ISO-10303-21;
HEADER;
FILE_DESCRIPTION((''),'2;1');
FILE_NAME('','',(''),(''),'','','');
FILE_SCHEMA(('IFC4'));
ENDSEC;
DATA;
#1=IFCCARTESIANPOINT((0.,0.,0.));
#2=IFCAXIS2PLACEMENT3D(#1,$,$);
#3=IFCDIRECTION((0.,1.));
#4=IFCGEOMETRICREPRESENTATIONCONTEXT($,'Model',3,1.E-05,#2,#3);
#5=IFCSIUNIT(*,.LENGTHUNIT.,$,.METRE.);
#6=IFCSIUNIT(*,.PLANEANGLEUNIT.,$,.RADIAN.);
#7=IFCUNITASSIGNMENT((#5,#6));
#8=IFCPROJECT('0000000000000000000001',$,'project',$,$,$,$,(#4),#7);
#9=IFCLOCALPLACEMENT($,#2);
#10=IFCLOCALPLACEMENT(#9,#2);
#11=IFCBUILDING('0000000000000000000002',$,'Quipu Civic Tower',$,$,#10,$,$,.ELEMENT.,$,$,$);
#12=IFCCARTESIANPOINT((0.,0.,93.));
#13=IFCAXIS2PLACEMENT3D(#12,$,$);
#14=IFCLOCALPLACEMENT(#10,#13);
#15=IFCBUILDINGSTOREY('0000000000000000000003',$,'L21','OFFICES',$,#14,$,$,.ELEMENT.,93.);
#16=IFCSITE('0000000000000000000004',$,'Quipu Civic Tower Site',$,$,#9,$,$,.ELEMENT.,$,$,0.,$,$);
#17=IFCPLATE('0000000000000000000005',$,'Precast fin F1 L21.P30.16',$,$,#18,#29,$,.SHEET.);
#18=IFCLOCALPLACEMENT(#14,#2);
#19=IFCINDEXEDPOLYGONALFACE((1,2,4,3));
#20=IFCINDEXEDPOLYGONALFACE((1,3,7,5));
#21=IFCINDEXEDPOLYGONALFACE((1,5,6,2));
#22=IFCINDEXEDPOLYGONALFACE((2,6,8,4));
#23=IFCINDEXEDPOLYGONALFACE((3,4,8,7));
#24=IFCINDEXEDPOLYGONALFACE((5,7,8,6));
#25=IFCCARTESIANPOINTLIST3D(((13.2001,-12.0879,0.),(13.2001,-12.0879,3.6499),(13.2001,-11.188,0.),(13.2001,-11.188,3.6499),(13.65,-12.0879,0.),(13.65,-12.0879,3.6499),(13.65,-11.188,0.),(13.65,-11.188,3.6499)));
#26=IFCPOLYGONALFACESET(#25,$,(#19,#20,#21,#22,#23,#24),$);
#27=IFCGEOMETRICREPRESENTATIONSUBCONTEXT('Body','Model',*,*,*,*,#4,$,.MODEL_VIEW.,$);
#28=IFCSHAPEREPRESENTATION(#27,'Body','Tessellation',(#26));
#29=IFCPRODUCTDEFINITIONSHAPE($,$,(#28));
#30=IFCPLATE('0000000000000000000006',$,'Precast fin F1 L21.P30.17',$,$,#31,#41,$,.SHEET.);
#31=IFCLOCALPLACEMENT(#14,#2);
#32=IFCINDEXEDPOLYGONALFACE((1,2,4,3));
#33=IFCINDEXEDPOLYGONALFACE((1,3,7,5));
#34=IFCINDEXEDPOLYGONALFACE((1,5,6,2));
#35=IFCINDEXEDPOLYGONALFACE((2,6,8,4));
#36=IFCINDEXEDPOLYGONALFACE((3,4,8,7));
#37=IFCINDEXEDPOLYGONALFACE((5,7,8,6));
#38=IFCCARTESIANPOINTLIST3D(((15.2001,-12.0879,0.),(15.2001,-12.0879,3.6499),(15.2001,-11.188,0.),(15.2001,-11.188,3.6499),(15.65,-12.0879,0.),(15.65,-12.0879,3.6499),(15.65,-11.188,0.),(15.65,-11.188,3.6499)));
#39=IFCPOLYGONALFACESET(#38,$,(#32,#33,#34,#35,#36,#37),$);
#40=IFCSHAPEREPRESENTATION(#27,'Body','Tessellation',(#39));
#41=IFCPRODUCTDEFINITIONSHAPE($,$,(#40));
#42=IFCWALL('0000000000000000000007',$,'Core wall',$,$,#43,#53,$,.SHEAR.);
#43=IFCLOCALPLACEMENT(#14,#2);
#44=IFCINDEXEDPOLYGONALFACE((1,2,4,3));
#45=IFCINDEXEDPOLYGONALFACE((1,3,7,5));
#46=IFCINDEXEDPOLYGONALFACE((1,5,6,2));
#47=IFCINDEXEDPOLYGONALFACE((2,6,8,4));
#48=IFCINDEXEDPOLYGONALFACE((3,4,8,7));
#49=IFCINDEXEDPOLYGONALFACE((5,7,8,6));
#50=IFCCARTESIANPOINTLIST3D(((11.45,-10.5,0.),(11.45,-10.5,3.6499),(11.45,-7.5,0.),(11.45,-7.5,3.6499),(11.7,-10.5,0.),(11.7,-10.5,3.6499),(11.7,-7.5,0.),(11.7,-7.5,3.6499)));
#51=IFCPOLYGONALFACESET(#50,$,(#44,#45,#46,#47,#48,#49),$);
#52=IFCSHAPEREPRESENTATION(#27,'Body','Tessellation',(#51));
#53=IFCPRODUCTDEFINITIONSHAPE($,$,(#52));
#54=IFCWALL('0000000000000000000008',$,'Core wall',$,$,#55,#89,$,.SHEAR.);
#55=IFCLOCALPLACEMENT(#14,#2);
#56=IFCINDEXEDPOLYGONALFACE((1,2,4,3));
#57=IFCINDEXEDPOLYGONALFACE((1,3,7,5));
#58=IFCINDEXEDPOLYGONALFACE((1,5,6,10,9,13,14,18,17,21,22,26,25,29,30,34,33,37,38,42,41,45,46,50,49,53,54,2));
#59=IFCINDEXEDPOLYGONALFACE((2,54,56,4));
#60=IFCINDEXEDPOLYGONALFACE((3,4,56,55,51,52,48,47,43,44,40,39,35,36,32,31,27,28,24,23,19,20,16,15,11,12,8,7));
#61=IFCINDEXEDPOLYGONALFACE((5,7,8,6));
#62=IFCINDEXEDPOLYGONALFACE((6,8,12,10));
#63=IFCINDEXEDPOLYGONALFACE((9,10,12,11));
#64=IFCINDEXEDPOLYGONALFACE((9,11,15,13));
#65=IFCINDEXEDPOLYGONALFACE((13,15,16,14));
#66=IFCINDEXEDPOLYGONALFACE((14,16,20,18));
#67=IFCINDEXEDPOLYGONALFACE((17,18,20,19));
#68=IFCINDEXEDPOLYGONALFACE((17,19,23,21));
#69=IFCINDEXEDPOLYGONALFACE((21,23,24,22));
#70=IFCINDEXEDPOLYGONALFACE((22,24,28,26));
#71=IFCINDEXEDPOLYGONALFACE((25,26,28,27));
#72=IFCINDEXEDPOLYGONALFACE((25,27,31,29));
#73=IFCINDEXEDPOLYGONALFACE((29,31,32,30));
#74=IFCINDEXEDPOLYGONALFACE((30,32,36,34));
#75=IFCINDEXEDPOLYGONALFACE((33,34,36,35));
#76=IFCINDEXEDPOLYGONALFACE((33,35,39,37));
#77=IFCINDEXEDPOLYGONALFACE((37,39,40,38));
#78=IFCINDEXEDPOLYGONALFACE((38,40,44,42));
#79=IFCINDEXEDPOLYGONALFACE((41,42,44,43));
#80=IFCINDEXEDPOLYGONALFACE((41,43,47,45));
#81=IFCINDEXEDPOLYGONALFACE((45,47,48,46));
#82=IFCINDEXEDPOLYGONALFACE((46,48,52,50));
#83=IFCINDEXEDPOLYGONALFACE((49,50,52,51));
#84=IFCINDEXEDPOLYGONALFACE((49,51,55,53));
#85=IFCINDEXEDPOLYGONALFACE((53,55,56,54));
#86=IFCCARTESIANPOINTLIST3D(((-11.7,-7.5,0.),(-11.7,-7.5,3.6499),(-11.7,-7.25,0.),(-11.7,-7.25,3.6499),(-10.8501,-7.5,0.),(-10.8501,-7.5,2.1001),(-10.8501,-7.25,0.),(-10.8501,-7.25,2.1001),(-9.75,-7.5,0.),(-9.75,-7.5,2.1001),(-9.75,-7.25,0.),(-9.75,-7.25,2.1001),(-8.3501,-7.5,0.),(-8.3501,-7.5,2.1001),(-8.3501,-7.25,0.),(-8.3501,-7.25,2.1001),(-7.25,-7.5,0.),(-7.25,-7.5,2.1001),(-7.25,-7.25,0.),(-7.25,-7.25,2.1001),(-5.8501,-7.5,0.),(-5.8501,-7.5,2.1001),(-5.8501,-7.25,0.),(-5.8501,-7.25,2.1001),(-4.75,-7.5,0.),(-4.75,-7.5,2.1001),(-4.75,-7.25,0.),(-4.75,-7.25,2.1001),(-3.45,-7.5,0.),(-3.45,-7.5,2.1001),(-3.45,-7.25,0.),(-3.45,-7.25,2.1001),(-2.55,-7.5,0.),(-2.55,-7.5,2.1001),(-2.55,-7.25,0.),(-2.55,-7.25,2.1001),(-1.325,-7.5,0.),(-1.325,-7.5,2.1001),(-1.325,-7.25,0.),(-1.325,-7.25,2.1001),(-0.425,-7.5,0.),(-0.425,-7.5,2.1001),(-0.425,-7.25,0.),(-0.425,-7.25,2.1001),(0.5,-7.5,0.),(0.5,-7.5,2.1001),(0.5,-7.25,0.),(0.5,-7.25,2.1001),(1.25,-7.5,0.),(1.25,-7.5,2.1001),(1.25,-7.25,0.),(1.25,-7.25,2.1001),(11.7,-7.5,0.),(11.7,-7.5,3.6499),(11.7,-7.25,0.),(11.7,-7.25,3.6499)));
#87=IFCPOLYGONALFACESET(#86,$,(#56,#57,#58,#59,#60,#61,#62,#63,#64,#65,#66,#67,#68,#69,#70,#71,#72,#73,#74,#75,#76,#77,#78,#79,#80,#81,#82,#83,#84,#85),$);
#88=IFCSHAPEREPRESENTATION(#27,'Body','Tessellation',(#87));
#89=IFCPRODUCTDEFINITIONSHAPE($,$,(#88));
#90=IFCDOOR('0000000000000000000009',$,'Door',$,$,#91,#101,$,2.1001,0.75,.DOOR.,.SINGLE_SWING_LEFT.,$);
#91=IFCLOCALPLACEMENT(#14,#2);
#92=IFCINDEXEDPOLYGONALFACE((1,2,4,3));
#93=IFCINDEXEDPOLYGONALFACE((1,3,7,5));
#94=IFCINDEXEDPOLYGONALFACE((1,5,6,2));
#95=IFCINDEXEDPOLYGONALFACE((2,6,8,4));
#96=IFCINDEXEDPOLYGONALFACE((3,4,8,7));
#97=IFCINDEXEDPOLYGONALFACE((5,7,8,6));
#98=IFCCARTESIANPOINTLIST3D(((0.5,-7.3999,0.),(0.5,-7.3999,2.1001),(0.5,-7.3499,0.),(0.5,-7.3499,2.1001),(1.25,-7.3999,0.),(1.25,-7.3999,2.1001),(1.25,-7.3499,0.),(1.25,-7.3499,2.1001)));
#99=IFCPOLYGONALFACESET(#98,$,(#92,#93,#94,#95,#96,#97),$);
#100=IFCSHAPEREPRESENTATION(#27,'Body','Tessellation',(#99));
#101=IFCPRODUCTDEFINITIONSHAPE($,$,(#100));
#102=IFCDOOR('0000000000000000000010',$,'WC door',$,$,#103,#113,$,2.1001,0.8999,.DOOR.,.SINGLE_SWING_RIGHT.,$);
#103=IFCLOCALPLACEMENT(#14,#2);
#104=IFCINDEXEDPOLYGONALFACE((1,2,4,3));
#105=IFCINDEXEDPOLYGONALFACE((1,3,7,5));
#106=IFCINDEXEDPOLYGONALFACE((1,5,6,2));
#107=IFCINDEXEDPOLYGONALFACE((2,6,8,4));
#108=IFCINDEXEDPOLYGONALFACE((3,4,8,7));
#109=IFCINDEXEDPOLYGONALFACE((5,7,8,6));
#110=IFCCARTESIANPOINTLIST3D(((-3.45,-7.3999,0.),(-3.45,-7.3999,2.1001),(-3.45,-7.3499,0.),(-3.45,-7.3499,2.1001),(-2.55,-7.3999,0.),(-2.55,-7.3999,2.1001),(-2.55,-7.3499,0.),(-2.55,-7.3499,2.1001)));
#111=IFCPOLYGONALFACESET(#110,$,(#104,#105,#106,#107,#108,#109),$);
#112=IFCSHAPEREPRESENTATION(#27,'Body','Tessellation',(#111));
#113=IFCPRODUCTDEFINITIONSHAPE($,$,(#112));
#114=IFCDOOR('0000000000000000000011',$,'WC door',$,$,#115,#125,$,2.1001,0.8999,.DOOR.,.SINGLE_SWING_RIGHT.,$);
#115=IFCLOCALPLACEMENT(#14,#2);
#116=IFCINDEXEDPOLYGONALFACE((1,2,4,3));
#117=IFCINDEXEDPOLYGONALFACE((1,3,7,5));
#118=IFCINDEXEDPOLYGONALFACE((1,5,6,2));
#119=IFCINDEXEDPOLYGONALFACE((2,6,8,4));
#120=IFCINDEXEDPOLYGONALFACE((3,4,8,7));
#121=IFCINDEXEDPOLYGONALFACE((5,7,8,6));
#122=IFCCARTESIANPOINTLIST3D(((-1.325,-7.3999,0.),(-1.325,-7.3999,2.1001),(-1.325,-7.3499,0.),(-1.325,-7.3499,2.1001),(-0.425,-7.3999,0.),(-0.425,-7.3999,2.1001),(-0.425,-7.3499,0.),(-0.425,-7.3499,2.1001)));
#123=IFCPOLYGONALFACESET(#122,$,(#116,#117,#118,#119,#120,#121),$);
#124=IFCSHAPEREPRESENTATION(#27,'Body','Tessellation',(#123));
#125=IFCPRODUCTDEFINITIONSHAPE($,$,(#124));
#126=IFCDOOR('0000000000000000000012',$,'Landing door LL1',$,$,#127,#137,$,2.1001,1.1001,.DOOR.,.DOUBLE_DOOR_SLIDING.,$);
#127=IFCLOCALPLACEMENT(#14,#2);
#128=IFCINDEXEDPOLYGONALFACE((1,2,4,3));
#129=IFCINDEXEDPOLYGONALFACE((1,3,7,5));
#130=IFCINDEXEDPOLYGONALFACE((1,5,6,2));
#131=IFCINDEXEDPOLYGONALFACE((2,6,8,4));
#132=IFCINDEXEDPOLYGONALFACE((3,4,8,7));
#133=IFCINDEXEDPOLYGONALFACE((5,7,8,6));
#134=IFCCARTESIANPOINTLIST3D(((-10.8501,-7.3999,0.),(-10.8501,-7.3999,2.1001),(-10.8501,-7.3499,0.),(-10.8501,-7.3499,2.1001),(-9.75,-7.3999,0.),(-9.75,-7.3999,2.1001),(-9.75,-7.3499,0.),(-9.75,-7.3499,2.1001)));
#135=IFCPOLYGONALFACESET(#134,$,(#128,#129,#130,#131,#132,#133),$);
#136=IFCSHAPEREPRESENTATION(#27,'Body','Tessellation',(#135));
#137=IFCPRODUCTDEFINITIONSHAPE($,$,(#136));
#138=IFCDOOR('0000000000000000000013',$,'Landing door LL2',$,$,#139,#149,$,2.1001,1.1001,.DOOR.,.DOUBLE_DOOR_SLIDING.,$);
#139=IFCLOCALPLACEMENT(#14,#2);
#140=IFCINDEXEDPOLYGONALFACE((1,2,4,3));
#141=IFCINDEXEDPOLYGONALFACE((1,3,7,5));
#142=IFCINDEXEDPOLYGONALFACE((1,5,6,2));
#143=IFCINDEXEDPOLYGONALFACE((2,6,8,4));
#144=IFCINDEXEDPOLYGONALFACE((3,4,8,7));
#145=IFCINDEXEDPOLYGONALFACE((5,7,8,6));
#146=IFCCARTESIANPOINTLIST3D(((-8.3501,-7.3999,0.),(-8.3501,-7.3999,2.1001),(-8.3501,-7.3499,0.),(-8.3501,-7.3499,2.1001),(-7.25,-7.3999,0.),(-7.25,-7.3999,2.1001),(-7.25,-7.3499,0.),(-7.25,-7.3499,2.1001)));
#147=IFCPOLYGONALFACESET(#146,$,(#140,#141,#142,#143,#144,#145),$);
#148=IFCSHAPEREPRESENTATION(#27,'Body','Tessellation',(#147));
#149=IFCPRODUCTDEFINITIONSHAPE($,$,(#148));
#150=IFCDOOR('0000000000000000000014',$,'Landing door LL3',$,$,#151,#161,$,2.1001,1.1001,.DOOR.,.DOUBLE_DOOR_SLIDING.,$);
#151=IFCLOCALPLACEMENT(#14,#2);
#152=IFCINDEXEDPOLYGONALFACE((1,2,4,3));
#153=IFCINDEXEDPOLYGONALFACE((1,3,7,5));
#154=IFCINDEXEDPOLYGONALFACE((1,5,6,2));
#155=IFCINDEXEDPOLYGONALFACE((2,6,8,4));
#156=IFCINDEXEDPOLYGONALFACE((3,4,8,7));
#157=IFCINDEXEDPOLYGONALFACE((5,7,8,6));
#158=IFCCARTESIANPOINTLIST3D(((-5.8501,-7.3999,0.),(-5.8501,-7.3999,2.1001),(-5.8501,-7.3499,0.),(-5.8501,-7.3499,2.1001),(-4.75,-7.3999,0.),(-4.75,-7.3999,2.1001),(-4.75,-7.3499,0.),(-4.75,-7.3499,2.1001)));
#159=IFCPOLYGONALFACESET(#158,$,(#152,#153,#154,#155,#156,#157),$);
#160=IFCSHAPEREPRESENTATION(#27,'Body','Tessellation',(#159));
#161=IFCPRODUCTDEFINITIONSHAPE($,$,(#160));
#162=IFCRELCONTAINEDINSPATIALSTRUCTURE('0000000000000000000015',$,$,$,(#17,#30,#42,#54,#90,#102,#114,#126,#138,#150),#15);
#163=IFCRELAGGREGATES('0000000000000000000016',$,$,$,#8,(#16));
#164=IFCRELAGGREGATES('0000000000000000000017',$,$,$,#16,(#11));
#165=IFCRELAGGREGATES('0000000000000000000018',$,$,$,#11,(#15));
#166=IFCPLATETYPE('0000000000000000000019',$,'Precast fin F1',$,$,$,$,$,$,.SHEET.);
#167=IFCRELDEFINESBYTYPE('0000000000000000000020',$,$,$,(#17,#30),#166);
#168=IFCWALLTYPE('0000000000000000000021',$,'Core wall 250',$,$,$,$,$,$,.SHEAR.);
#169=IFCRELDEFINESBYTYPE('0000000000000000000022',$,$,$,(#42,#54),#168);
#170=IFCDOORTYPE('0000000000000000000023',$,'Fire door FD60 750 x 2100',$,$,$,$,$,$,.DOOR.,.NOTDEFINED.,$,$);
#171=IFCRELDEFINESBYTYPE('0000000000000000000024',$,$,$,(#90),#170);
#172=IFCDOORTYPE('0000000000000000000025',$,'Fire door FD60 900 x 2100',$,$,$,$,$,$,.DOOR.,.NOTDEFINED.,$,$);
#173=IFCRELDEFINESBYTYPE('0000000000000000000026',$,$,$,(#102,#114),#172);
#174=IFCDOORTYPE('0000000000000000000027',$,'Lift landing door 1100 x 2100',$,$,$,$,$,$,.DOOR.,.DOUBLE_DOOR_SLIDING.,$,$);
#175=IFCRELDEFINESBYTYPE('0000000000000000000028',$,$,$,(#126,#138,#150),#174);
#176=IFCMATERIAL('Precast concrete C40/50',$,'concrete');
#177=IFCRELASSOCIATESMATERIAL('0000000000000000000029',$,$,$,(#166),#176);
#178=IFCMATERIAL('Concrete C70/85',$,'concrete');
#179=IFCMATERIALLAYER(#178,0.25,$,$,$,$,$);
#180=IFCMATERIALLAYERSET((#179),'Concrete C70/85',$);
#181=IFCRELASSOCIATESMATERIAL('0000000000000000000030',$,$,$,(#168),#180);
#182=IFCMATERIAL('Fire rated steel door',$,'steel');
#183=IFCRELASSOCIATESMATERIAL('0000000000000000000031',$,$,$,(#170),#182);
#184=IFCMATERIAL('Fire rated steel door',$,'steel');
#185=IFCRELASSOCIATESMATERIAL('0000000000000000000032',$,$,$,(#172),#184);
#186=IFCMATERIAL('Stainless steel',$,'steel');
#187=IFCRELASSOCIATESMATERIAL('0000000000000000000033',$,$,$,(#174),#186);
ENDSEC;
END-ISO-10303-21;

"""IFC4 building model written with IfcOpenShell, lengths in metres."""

from ifc_helpers import new_model, si_unit, direction, frame, frame_2d, origin, origin_2d, place, context, subcontext, project, spatial, rectangle, extrude, material, layer, layer_set, type_object, element, fill, save


model = new_model("IFC4")

# Units and contexts
model_context = context("Model", 3, precision=1e-05, world=origin(), true_north=direction((0.0, 1.0)))
body_context = subcontext(model_context, "Body", "Model", "MODEL_VIEW")
ifc_project = project(units=[si_unit("LENGTHUNIT", "METRE"), si_unit("PLANEANGLEUNIT", "RADIAN")], contexts=[model_context])

# Site, building, storey
site_placement = place(None, origin())
site = spatial("IfcSite", under=ifc_project, at=site_placement, Name="Quipu Civic Tower Site", CompositionType="ELEMENT", RefElevation=0.0)
building_placement = place(site_placement, origin())
building = spatial("IfcBuilding", under=site, at=building_placement, Name="Quipu Civic Tower", CompositionType="ELEMENT")
storey_placement = place(building_placement, frame((0.0, 0.0, 93.0)))
storey = spatial("IfcBuildingStorey", under=building, at=storey_placement, Name="L21", Description="OFFICES", CompositionType="ELEMENT", Elevation=93.0)

# Plates
ifc_material_1 = material(Name="Precast concrete C40/50", Category="concrete")
plate_type = type_object("IfcPlateType", Name="Precast fin F1", PredefinedType="SHEET", material=ifc_material_1)
for number, where, z_axis, x_axis, name in (
    (1, (13.425, -11.6379, 0.0), (0.0, 0.0, 1.0), (1.0, 0.0, 0.0), "Precast fin F1 L21.P30.16"),
    (2, (15.425, -11.6379, 0.0), (0.0, 0.0, 1.0), (1.0, 0.0, 0.0), "Precast fin F1 L21.P30.17"),
):
    element("IfcPlate", number, at=place(storey_placement, frame(where, z_axis=z_axis, x_axis=x_axis)), inside=storey, type_object=plate_type, Name=name, PredefinedType="SHEET", context=body_context, shape_type="SweptSolid", body=[
        extrude(rectangle(XDim=0.45, YDim=0.8999, at=origin_2d()), origin(), (0.0, 0.0, 1.0), 3.6499),
    ])

# Wall
ifc_material_2 = material(Name="Concrete C70/85", Category="concrete")
ifc_layer_1 = layer(ifc_material_2, 0.25)
ifc_layer_set_1 = layer_set([ifc_layer_1], Name="Concrete C70/85")
wall_type_1 = type_object("IfcWallType", Name="Core wall 250", PredefinedType="SHEAR", material=ifc_layer_set_1)
wall_1_placement = place(storey_placement, frame((11.575, -10.5, 0.0), z_axis=(0.0, 0.0, 1.0), x_axis=(0.0, 1.0, 0.0)))
element("IfcWall", 3, at=wall_1_placement, inside=storey, type_object=wall_type_1, Name="Core wall", PredefinedType="SHEAR", context=body_context, shape_type="SweptSolid", body=[
    extrude(rectangle(XDim=3.0, YDim=0.25, at=frame_2d((1.5, 0.0))), origin(), (0.0, 0.0, 1.0), 3.6499),
])

# Wall, openings, doors
wall_2_placement = place(storey_placement, frame((11.7, -7.375, 0.0), z_axis=(0.0, 0.0, 1.0), x_axis=(-1.0, 0.0, 0.0)))
wall_2 = element("IfcWall", 4, at=wall_2_placement, inside=storey, type_object=wall_type_1, Name="Core wall", PredefinedType="SHEAR", context=body_context, shape_type="SweptSolid", body=[
    extrude(rectangle(XDim=23.3999, YDim=0.25, at=frame_2d((11.7, 0.0))), origin(), (0.0, 0.0, 1.0), 3.6499),
])
opening_1_placement = place(wall_2_placement, frame((21.45, 0.0, 0.0)))
opening_1 = element("IfcOpeningElement", 5, at=opening_1_placement, cuts=wall_2, PredefinedType="OPENING", context=body_context, shape_type="SweptSolid", body=[
    extrude(rectangle(XDim=1.1001, YDim=2.1001, at=frame_2d((0.55, 1.05))), frame((0.0, 0.135, 0.0), z_axis=(0.0, -1.0, 0.0), x_axis=(1.0, 0.0, 0.0)), (0.0, 0.0, 1.0), 0.27),
])
opening_2_placement = place(wall_2_placement, frame((18.95, 0.0, 0.0)))
opening_2 = element("IfcOpeningElement", 6, at=opening_2_placement, cuts=wall_2, PredefinedType="OPENING", context=body_context, shape_type="SweptSolid", body=[
    extrude(rectangle(XDim=1.1001, YDim=2.1001, at=frame_2d((0.55, 1.05))), frame((0.0, 0.135, 0.0), z_axis=(0.0, -1.0, 0.0), x_axis=(1.0, 0.0, 0.0)), (0.0, 0.0, 1.0), 0.27),
])
opening_3_placement = place(wall_2_placement, frame((16.45, 0.0, 0.0)))
opening_3 = element("IfcOpeningElement", 7, at=opening_3_placement, cuts=wall_2, PredefinedType="OPENING", context=body_context, shape_type="SweptSolid", body=[
    extrude(rectangle(XDim=1.1001, YDim=2.1001, at=frame_2d((0.55, 1.05))), frame((0.0, 0.135, 0.0), z_axis=(0.0, -1.0, 0.0), x_axis=(1.0, 0.0, 0.0)), (0.0, 0.0, 1.0), 0.27),
])
opening_4_placement = place(wall_2_placement, frame((14.25, 0.0, 0.0)))
opening_4 = element("IfcOpeningElement", 8, at=opening_4_placement, cuts=wall_2, PredefinedType="OPENING", context=body_context, shape_type="SweptSolid", body=[
    extrude(rectangle(XDim=0.8999, YDim=2.1001, at=frame_2d((0.45, 1.05))), frame((0.0, 0.135, 0.0), z_axis=(0.0, -1.0, 0.0), x_axis=(1.0, 0.0, 0.0)), (0.0, 0.0, 1.0), 0.27),
])
opening_5_placement = place(wall_2_placement, frame((12.125, 0.0, 0.0)))
opening_5 = element("IfcOpeningElement", 9, at=opening_5_placement, cuts=wall_2, PredefinedType="OPENING", context=body_context, shape_type="SweptSolid", body=[
    extrude(rectangle(XDim=0.8999, YDim=2.1001, at=frame_2d((0.45, 1.05))), frame((0.0, 0.135, 0.0), z_axis=(0.0, -1.0, 0.0), x_axis=(1.0, 0.0, 0.0)), (0.0, 0.0, 1.0), 0.27),
])
opening_6_placement = place(wall_2_placement, frame((10.45, 0.0, 0.0)))
opening_6 = element("IfcOpeningElement", 10, at=opening_6_placement, cuts=wall_2, PredefinedType="OPENING", context=body_context, shape_type="SweptSolid", body=[
    extrude(rectangle(XDim=0.75, YDim=2.1001, at=frame_2d((0.375, 1.05))), frame((0.0, 0.135, 0.0), z_axis=(0.0, -1.0, 0.0), x_axis=(1.0, 0.0, 0.0)), (0.0, 0.0, 1.0), 0.27),
])
ifc_material_3 = material(Name="Fire rated steel door", Category="steel")
door_type_1 = type_object("IfcDoorType", Name="Fire door FD60 750 x 2100", OperationType="NOTDEFINED", PredefinedType="DOOR", material=ifc_material_3)
door_1_placement = place(opening_6_placement, origin())
door_1 = element("IfcDoor", 11, at=door_1_placement, inside=storey, type_object=door_type_1, Name="Door", OperationType="SINGLE_SWING_LEFT", OverallHeight=2.1001, OverallWidth=0.75, PredefinedType="DOOR", context=body_context, shape_type="SweptSolid", body=[
    extrude(rectangle(XDim=0.75, YDim=2.1001, at=frame_2d((0.375, 1.05))), frame((0.0, 0.0249, 0.0), z_axis=(0.0, -1.0, 0.0), x_axis=(1.0, 0.0, 0.0)), (0.0, 0.0, 1.0), 0.05),
])
fill(opening_6, door_1)
ifc_material_4 = material(Name="Fire rated steel door", Category="steel")
door_type_2 = type_object("IfcDoorType", Name="Fire door FD60 900 x 2100", OperationType="NOTDEFINED", PredefinedType="DOOR", material=ifc_material_4)
door_2_placement = place(opening_4_placement, origin())
door_2 = element("IfcDoor", 12, at=door_2_placement, inside=storey, type_object=door_type_2, Name="WC door", OperationType="SINGLE_SWING_RIGHT", OverallHeight=2.1001, OverallWidth=0.8999, PredefinedType="DOOR", context=body_context, shape_type="SweptSolid", body=[
    extrude(rectangle(XDim=0.8999, YDim=2.1001, at=frame_2d((0.45, 1.05))), frame((0.0, 0.0249, 0.0), z_axis=(0.0, -1.0, 0.0), x_axis=(1.0, 0.0, 0.0)), (0.0, 0.0, 1.0), 0.05),
])
fill(opening_4, door_2)
door_3_placement = place(opening_5_placement, origin())
door_3 = element("IfcDoor", 13, at=door_3_placement, inside=storey, type_object=door_type_2, Name="WC door", OperationType="SINGLE_SWING_RIGHT", OverallHeight=2.1001, OverallWidth=0.8999, PredefinedType="DOOR", context=body_context, shape_type="SweptSolid", body=[
    extrude(rectangle(XDim=0.8999, YDim=2.1001, at=frame_2d((0.45, 1.05))), frame((0.0, 0.0249, 0.0), z_axis=(0.0, -1.0, 0.0), x_axis=(1.0, 0.0, 0.0)), (0.0, 0.0, 1.0), 0.05),
])
fill(opening_5, door_3)
ifc_material_5 = material(Name="Stainless steel", Category="steel")
door_type_3 = type_object("IfcDoorType", Name="Lift landing door 1100 x 2100", OperationType="DOUBLE_DOOR_SLIDING", PredefinedType="DOOR", material=ifc_material_5)
door_4_placement = place(opening_1_placement, origin())
door_4 = element("IfcDoor", 14, at=door_4_placement, inside=storey, type_object=door_type_3, Name="Landing door LL1", OperationType="DOUBLE_DOOR_SLIDING", OverallHeight=2.1001, OverallWidth=1.1001, PredefinedType="DOOR", context=body_context, shape_type="SweptSolid", body=[
    extrude(rectangle(XDim=1.1001, YDim=2.1001, at=frame_2d((0.55, 1.05))), frame((0.0, 0.0249, 0.0), z_axis=(0.0, -1.0, 0.0), x_axis=(1.0, 0.0, 0.0)), (0.0, 0.0, 1.0), 0.05),
])
fill(opening_1, door_4)
door_5_placement = place(opening_2_placement, origin())
door_5 = element("IfcDoor", 15, at=door_5_placement, inside=storey, type_object=door_type_3, Name="Landing door LL2", OperationType="DOUBLE_DOOR_SLIDING", OverallHeight=2.1001, OverallWidth=1.1001, PredefinedType="DOOR", context=body_context, shape_type="SweptSolid", body=[
    extrude(rectangle(XDim=1.1001, YDim=2.1001, at=frame_2d((0.55, 1.05))), frame((0.0, 0.0249, 0.0), z_axis=(0.0, -1.0, 0.0), x_axis=(1.0, 0.0, 0.0)), (0.0, 0.0, 1.0), 0.05),
])
fill(opening_2, door_5)
door_6_placement = place(opening_3_placement, origin())
door_6 = element("IfcDoor", 16, at=door_6_placement, inside=storey, type_object=door_type_3, Name="Landing door LL3", OperationType="DOUBLE_DOOR_SLIDING", OverallHeight=2.1001, OverallWidth=1.1001, PredefinedType="DOOR", context=body_context, shape_type="SweptSolid", body=[
    extrude(rectangle(XDim=1.1001, YDim=2.1001, at=frame_2d((0.55, 1.05))), frame((0.0, 0.0249, 0.0), z_axis=(0.0, -1.0, 0.0), x_axis=(1.0, 0.0, 0.0)), (0.0, 0.0, 1.0), 0.05),
])
fill(opening_3, door_6)

save(model, "model.ifc")
